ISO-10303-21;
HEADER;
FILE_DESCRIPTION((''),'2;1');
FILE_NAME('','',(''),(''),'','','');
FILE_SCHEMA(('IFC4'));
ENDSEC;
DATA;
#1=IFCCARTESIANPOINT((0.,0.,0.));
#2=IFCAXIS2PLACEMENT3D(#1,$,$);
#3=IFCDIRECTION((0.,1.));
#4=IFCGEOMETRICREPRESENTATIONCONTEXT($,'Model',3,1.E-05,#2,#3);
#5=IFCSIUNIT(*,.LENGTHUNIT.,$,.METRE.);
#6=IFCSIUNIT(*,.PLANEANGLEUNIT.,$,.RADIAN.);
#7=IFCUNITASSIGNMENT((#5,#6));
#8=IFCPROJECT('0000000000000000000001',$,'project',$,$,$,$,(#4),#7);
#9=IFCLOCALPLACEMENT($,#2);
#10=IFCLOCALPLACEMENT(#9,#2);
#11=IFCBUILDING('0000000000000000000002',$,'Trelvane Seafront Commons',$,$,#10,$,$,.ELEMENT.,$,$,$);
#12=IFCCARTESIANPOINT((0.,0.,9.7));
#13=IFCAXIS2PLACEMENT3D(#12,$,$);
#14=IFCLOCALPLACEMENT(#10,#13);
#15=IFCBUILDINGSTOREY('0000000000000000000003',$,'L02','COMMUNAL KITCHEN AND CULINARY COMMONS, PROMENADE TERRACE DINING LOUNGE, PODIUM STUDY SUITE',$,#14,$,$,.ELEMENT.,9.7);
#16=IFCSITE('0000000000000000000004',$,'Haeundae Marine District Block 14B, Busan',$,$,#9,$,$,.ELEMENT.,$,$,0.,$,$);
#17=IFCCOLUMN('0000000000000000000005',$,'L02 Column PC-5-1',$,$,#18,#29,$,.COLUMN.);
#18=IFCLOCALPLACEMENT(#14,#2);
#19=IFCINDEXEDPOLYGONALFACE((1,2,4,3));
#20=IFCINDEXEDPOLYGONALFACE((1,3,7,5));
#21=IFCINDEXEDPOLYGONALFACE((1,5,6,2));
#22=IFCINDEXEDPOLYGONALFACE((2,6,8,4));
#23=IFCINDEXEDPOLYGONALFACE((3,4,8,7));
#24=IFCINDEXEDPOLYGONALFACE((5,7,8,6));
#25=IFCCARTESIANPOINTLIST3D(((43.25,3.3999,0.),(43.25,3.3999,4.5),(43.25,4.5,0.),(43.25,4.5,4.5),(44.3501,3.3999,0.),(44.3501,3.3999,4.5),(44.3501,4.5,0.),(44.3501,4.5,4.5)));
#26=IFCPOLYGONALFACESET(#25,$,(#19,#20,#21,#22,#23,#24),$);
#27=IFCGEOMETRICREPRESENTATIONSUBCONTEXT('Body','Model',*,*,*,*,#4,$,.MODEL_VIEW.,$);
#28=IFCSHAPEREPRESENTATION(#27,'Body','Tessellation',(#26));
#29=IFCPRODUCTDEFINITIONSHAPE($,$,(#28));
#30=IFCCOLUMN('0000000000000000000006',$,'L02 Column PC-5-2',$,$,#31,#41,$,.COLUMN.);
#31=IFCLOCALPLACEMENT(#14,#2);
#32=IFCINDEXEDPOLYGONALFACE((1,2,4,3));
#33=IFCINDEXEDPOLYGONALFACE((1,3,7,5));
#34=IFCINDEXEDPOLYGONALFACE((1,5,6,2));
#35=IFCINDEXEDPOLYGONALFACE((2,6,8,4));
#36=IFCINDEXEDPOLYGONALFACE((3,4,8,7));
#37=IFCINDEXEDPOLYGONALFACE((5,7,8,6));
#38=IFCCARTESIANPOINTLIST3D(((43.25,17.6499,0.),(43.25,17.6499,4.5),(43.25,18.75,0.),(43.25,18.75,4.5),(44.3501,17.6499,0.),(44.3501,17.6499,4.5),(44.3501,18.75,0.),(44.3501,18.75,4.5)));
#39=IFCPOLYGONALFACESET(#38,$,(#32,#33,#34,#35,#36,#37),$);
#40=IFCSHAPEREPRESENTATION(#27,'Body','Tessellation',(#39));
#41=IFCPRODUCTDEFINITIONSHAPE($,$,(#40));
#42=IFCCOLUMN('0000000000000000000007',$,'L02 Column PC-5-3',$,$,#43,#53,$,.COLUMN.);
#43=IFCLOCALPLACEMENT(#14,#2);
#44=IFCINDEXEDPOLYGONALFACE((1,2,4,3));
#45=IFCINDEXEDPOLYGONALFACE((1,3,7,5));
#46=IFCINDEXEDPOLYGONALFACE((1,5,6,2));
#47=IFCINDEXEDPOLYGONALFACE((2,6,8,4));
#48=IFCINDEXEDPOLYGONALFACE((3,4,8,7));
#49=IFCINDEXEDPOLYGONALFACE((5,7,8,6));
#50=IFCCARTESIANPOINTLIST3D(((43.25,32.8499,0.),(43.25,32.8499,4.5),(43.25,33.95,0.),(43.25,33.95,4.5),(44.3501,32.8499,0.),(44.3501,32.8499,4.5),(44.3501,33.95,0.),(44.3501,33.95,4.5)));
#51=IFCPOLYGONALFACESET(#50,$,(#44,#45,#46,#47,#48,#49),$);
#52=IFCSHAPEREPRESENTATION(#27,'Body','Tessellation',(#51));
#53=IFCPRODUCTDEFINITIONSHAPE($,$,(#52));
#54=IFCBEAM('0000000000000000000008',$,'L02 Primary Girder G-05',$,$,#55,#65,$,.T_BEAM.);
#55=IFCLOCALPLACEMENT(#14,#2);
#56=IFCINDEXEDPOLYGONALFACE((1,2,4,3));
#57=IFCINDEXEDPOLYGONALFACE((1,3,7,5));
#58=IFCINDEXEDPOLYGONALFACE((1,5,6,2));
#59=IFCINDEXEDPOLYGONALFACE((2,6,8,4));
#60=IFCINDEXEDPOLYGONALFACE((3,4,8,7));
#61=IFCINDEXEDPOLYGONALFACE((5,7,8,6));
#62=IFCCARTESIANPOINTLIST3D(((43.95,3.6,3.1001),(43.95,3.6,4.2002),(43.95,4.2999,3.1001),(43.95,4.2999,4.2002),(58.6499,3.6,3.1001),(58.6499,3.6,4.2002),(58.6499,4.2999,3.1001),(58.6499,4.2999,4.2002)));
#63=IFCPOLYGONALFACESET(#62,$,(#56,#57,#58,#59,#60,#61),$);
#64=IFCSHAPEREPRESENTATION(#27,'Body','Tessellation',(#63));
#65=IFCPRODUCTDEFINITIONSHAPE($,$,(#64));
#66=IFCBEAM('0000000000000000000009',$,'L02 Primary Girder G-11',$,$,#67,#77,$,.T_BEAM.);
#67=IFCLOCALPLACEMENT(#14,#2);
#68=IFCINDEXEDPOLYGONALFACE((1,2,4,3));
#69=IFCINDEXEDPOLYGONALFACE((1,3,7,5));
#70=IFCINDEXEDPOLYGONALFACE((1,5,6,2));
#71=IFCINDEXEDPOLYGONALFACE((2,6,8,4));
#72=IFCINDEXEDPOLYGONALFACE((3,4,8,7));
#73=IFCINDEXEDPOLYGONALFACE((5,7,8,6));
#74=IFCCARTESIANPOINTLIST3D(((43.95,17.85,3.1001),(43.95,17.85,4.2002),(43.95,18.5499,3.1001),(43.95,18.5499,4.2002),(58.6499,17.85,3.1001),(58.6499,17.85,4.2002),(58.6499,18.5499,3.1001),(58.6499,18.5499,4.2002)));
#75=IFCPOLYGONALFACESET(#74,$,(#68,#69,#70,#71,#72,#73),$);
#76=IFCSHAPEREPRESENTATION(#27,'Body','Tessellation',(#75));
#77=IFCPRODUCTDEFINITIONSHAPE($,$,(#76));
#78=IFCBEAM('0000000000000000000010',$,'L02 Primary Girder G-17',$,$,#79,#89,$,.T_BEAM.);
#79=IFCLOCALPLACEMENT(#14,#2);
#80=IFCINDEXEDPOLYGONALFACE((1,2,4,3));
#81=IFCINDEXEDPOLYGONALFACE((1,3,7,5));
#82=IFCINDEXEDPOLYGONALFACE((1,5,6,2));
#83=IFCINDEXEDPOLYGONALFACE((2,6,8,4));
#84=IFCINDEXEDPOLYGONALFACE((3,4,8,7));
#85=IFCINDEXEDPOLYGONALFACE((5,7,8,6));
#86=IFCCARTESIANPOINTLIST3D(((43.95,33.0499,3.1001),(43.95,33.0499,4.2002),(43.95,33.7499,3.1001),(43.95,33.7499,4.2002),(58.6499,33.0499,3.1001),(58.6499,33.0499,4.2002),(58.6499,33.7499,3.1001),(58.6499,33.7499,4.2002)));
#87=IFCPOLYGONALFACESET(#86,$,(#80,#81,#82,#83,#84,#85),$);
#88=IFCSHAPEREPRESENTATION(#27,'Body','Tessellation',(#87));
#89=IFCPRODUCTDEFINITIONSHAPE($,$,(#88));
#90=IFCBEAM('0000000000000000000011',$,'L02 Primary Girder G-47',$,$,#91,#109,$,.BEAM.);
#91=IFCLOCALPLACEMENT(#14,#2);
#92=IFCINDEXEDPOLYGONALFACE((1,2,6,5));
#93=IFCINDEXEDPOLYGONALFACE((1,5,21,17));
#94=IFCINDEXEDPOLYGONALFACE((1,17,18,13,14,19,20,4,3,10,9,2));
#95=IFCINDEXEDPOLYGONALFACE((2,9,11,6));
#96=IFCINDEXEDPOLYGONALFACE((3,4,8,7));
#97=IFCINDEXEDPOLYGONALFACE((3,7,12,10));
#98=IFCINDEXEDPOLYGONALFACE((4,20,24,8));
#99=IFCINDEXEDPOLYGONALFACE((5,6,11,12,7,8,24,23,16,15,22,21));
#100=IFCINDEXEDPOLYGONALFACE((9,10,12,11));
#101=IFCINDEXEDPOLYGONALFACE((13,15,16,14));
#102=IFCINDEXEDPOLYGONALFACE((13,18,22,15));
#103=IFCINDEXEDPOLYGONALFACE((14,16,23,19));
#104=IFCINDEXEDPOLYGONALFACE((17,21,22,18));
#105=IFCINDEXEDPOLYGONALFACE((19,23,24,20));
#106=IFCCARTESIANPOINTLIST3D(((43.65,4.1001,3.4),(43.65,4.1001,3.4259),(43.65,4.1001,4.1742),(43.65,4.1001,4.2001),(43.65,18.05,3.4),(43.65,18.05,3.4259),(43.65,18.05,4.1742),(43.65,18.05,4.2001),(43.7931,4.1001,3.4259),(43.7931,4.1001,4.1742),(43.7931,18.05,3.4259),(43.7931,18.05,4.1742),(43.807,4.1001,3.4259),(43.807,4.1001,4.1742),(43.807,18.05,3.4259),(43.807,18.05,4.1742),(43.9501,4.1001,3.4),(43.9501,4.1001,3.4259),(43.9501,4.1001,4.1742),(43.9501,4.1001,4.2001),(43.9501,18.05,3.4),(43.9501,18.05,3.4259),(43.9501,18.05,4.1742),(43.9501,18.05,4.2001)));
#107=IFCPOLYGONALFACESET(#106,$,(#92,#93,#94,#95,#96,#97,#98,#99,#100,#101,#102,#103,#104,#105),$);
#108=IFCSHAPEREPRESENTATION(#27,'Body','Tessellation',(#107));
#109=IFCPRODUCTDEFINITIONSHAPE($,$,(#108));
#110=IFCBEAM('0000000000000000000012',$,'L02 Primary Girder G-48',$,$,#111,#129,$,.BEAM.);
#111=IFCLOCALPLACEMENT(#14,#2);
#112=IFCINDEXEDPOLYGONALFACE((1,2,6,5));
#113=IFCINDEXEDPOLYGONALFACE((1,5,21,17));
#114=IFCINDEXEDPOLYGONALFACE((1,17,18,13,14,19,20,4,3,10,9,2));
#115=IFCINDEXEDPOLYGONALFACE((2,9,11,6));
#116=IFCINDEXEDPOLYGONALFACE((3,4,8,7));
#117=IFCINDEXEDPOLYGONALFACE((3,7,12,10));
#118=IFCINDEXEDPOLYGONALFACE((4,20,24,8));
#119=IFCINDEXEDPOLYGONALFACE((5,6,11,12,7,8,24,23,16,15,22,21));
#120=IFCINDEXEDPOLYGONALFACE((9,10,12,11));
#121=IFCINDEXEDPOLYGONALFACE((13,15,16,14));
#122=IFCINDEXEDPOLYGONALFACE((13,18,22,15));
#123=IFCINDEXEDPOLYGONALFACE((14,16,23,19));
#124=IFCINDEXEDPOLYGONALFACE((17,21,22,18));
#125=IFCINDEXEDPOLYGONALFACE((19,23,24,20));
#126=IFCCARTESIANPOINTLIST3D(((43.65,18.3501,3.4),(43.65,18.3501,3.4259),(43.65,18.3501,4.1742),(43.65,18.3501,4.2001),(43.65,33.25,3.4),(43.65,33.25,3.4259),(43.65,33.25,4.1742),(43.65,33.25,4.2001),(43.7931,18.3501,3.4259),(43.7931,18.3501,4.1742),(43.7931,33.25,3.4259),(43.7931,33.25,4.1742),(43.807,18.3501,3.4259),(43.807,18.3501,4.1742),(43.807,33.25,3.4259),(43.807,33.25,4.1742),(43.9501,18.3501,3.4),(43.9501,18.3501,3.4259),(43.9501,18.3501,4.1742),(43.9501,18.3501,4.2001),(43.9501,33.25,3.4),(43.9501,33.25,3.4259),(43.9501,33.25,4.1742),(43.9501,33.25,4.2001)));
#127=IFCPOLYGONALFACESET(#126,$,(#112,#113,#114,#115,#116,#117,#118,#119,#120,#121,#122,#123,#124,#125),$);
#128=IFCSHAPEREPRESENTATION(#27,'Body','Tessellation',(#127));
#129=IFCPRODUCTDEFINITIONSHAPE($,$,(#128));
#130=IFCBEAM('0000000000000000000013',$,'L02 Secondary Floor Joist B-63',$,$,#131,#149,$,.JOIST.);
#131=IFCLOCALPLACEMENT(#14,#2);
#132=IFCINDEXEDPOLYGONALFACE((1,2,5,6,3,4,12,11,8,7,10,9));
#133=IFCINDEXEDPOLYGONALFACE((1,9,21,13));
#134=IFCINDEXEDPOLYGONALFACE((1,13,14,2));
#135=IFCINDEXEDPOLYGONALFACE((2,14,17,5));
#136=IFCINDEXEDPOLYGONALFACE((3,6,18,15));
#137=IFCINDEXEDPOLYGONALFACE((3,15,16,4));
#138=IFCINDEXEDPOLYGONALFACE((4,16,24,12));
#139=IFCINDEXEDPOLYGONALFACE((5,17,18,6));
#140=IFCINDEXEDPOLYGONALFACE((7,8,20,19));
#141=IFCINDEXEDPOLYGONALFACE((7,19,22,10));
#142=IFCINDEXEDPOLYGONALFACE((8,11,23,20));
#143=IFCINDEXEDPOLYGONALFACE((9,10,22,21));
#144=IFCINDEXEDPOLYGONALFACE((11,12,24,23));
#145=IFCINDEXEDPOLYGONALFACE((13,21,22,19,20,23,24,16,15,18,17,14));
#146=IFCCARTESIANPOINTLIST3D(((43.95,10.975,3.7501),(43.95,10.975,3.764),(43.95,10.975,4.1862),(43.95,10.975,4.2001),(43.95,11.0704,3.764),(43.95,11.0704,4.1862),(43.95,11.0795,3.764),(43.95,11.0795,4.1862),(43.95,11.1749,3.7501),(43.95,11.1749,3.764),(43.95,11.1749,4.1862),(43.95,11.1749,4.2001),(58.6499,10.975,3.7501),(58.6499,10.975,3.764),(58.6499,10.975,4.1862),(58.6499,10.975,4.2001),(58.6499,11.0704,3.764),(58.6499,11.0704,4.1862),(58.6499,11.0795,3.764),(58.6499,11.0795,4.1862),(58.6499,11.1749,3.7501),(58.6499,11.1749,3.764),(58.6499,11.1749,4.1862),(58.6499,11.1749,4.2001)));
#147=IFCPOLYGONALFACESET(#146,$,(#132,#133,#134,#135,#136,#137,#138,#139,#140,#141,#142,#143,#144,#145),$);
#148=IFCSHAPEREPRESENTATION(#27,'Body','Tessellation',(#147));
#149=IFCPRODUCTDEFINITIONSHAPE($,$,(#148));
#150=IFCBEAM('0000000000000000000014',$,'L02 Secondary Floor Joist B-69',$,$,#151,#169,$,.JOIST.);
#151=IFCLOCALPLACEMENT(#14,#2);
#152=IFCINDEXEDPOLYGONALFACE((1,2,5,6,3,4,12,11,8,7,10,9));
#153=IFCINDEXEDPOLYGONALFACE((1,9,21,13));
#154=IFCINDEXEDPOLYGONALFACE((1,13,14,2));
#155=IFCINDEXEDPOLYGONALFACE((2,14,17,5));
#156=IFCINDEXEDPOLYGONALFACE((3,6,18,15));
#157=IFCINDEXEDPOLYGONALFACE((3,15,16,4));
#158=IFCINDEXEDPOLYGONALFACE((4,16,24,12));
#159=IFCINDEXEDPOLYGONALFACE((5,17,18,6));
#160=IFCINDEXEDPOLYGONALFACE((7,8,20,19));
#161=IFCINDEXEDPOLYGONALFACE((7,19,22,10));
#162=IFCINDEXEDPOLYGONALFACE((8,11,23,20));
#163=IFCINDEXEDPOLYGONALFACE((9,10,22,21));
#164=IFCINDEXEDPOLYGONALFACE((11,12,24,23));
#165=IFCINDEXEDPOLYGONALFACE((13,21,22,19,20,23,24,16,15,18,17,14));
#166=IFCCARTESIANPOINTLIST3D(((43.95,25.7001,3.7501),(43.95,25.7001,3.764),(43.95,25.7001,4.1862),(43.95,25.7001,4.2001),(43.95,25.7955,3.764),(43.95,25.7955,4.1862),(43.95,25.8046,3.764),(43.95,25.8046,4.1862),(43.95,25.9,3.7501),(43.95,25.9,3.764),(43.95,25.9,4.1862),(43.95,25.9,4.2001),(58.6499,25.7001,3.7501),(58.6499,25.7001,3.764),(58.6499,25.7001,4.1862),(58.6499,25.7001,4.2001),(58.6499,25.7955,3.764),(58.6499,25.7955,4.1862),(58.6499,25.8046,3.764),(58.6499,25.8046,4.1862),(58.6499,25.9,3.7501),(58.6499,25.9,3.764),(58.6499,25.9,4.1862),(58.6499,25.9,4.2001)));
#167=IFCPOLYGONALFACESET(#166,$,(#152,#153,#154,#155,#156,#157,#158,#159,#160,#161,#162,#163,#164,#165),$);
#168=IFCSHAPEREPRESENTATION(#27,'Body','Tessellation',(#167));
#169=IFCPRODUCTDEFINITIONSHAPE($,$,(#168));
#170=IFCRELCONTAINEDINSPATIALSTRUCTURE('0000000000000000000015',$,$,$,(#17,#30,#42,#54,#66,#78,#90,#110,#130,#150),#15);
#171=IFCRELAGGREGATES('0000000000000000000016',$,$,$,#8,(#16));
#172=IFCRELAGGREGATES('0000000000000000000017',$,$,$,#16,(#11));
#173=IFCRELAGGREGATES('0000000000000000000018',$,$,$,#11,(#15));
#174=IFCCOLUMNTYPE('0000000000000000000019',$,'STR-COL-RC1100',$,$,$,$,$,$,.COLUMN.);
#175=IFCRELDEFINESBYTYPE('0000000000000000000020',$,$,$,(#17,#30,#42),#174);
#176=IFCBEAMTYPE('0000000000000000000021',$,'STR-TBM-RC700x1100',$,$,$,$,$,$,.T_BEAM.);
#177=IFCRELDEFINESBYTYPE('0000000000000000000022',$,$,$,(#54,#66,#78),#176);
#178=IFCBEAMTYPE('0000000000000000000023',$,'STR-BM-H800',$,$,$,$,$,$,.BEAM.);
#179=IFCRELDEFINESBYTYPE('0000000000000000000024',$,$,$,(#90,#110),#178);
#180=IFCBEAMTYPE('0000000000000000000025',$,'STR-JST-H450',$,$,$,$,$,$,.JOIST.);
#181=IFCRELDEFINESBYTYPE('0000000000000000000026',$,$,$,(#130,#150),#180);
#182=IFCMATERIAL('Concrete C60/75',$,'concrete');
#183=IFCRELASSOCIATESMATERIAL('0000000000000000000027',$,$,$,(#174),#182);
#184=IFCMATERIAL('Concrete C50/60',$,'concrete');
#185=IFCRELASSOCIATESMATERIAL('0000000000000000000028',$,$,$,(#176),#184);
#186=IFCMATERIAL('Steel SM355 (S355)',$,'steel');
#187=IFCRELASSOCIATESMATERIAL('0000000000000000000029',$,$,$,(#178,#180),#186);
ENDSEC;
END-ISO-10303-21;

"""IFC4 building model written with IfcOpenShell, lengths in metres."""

from ifc_helpers import new_model, si_unit, direction, frame, origin, origin_2d, place, context, subcontext, project, spatial, rectangle, i_section, extrude, source, transform, mapped, material, material_profile, profile_set, type_object, element, save


model = new_model("IFC4")

# Units and contexts
model_context = context("Model", 3, precision=1e-05, world=origin(), true_north=direction((0.0, 1.0)))
body_context = subcontext(model_context, "Body", "Model", "MODEL_VIEW")
ifc_project = project(units=[si_unit("LENGTHUNIT", "METRE"), si_unit("PLANEANGLEUNIT", "RADIAN")], contexts=[model_context])

# Site, building, storey
site_placement = place(None, origin())
site = spatial("IfcSite", under=ifc_project, at=site_placement, Name="Haeundae Marine District Block 14B, Busan", CompositionType="ELEMENT", RefElevation=0.0)
building_placement = place(site_placement, origin())
building = spatial("IfcBuilding", under=site, at=building_placement, Name="Trelvane Seafront Commons", CompositionType="ELEMENT")
storey_placement = place(building_placement, frame((0.0, 0.0, 9.7)))
storey = spatial("IfcBuildingStorey", under=building, at=storey_placement, Name="L02", Description="COMMUNAL KITCHEN AND CULINARY COMMONS, PROMENADE TERRACE DINING LOUNGE, PODIUM STUDY SUITE", CompositionType="ELEMENT", Elevation=9.7)

# Columns
ifc_material_1 = material(Name="Concrete C60/75", Category="concrete")
ifc_material_profile_1 = material_profile(ifc_material_1, rectangle(XDim=1.1001, YDim=1.1001, at=origin_2d()), Name="RC-1100x1100")
ifc_profile_set_1 = profile_set([ifc_material_profile_1], Name="Concrete C60/75")
column_type = type_object("IfcColumnType", Name="STR-COL-RC1100", PredefinedType="COLUMN", material=ifc_profile_set_1)
shared_shape_1 = source(origin(), body_context, "Body", "SweptSolid", [
    extrude(rectangle(XDim=1.1001, YDim=1.1001, at=origin_2d()), origin(), (0.0, 0.0, 1.0), 4.5),
])
for number, where, z_axis, x_axis, name in (
    (1, (43.8, 3.95, 0.0), (0.0, 0.0, 1.0), (1.0, 0.0, 0.0), "L02 Column PC-5-1"),
    (2, (43.8, 18.2, 0.0), (0.0, 0.0, 1.0), (1.0, 0.0, 0.0), "L02 Column PC-5-2"),
    (3, (43.8, 33.3999, 0.0), (0.0, 0.0, 1.0), (1.0, 0.0, 0.0), "L02 Column PC-5-3"),
):
    element("IfcColumn", number, at=place(storey_placement, frame(where, z_axis=z_axis, x_axis=x_axis)), inside=storey, type_object=column_type, Name=name, PredefinedType="COLUMN", context=body_context, shape_type="MappedRepresentation", body=[
        mapped(shared_shape_1, transform((0.0, 0.0, 0.0), x_axis=(1.0, 0.0, 0.0), y_axis=(0.0, 1.0, 0.0), z_axis=(0.0, 0.0, 1.0), scale=1.0)),
    ])

# Beams
ifc_material_2 = material(Name="Concrete C50/60", Category="concrete")
ifc_material_profile_2 = material_profile(ifc_material_2, rectangle(XDim=0.7, YDim=1.1001, at=origin_2d()), Name="RC-700x1100")
ifc_profile_set_2 = profile_set([ifc_material_profile_2], Name="Concrete C50/60")
beam_type_1 = type_object("IfcBeamType", Name="STR-TBM-RC700x1100", PredefinedType="T_BEAM", material=ifc_profile_set_2)
shared_shape_2 = source(origin(), body_context, "Body", "SweptSolid", [
    extrude(rectangle(XDim=0.7, YDim=1.1001, at=origin_2d()), origin(), (0.0, 0.0, 1.0), 14.7),
])
for number, where, z_axis, x_axis, name in (
    (4, (43.95, 3.95, 3.6501), (1.0, 0.0, 0.0), (0.0, 1.0, 0.0), "L02 Primary Girder G-05"),
    (5, (43.95, 18.2, 3.6501), (1.0, 0.0, 0.0), (0.0, 1.0, 0.0), "L02 Primary Girder G-11"),
    (6, (43.95, 33.3999, 3.6501), (1.0, 0.0, 0.0), (0.0, 1.0, 0.0), "L02 Primary Girder G-17"),
):
    element("IfcBeam", number, at=place(storey_placement, frame(where, z_axis=z_axis, x_axis=x_axis)), inside=storey, type_object=beam_type_1, Name=name, PredefinedType="T_BEAM", context=body_context, shape_type="MappedRepresentation", body=[
        mapped(shared_shape_2, transform((0.0, 0.0, 0.0), x_axis=(1.0, 0.0, 0.0), y_axis=(0.0, 1.0, 0.0), z_axis=(0.0, 0.0, 1.0), scale=1.0)),
    ])
ifc_material_3 = material(Name="Steel SM355 (S355)", Category="steel")
ifc_material_profile_3 = material_profile(ifc_material_3, i_section(OverallWidth=0.3, OverallDepth=0.8, WebThickness=0.0139, FlangeThickness=0.0259, at=origin_2d()), Name="H-800x300x14x26")
ifc_profile_set_3 = profile_set([ifc_material_profile_3], Name="Steel SM355 (S355)")
beam_type_2 = type_object("IfcBeamType", Name="STR-BM-H800", PredefinedType="BEAM", material=ifc_profile_set_3)
shared_shape_3 = source(origin(), body_context, "Body", "SweptSolid", [
    extrude(i_section(OverallWidth=0.3, OverallDepth=0.8, WebThickness=0.0139, FlangeThickness=0.0259, at=origin_2d()), origin(), (0.0, 0.0, 1.0), 13.95),
])
beam_1_placement = place(storey_placement, frame((43.8, 4.1001, 3.8), z_axis=(0.0, 1.0, 0.0), x_axis=(-1.0, 0.0, 0.0)))
element("IfcBeam", 7, at=beam_1_placement, inside=storey, type_object=beam_type_2, Name="L02 Primary Girder G-47", PredefinedType="BEAM", context=body_context, shape_type="MappedRepresentation", body=[
    mapped(shared_shape_3, transform((0.0, 0.0, 0.0), x_axis=(1.0, 0.0, 0.0), y_axis=(0.0, 1.0, 0.0), z_axis=(0.0, 0.0, 1.0), scale=1.0)),
])
shared_shape_4 = source(origin(), body_context, "Body", "SweptSolid", [
    extrude(i_section(OverallWidth=0.3, OverallDepth=0.8, WebThickness=0.0139, FlangeThickness=0.0259, at=origin_2d()), origin(), (0.0, 0.0, 1.0), 14.8999),
])
beam_2_placement = place(storey_placement, frame((43.8, 18.3501, 3.8), z_axis=(0.0, 1.0, 0.0), x_axis=(-1.0, 0.0, 0.0)))
element("IfcBeam", 8, at=beam_2_placement, inside=storey, type_object=beam_type_2, Name="L02 Primary Girder G-48", PredefinedType="BEAM", context=body_context, shape_type="MappedRepresentation", body=[
    mapped(shared_shape_4, transform((0.0, 0.0, 0.0), x_axis=(1.0, 0.0, 0.0), y_axis=(0.0, 1.0, 0.0), z_axis=(0.0, 0.0, 1.0), scale=1.0)),
])
ifc_material_profile_4 = material_profile(ifc_material_3, i_section(OverallWidth=0.2, OverallDepth=0.45, WebThickness=0.009, FlangeThickness=0.0139, at=origin_2d()), Name="H-450x200x9x14")
ifc_profile_set_4 = profile_set([ifc_material_profile_4], Name="Steel SM355 (S355)")
beam_type_3 = type_object("IfcBeamType", Name="STR-JST-H450", PredefinedType="JOIST", material=ifc_profile_set_4)
shared_shape_5 = source(origin(), body_context, "Body", "SweptSolid", [
    extrude(i_section(OverallWidth=0.2, OverallDepth=0.45, WebThickness=0.009, FlangeThickness=0.0139, at=origin_2d()), origin(), (0.0, 0.0, 1.0), 14.7),
])
for number, where, z_axis, x_axis, name in (
    (9, (43.95, 11.075, 3.9751), (1.0, 0.0, 0.0), (0.0, 1.0, 0.0), "L02 Secondary Floor Joist B-63"),
    (10, (43.95, 25.8, 3.9751), (1.0, 0.0, 0.0), (0.0, 1.0, 0.0), "L02 Secondary Floor Joist B-69"),
):
    element("IfcBeam", number, at=place(storey_placement, frame(where, z_axis=z_axis, x_axis=x_axis)), inside=storey, type_object=beam_type_3, Name=name, PredefinedType="JOIST", context=body_context, shape_type="MappedRepresentation", body=[
        mapped(shared_shape_5, transform((0.0, 0.0, 0.0), x_axis=(1.0, 0.0, 0.0), y_axis=(0.0, 1.0, 0.0), z_axis=(0.0, 0.0, 1.0), scale=1.0)),
    ])

save(model, "model.ifc")
